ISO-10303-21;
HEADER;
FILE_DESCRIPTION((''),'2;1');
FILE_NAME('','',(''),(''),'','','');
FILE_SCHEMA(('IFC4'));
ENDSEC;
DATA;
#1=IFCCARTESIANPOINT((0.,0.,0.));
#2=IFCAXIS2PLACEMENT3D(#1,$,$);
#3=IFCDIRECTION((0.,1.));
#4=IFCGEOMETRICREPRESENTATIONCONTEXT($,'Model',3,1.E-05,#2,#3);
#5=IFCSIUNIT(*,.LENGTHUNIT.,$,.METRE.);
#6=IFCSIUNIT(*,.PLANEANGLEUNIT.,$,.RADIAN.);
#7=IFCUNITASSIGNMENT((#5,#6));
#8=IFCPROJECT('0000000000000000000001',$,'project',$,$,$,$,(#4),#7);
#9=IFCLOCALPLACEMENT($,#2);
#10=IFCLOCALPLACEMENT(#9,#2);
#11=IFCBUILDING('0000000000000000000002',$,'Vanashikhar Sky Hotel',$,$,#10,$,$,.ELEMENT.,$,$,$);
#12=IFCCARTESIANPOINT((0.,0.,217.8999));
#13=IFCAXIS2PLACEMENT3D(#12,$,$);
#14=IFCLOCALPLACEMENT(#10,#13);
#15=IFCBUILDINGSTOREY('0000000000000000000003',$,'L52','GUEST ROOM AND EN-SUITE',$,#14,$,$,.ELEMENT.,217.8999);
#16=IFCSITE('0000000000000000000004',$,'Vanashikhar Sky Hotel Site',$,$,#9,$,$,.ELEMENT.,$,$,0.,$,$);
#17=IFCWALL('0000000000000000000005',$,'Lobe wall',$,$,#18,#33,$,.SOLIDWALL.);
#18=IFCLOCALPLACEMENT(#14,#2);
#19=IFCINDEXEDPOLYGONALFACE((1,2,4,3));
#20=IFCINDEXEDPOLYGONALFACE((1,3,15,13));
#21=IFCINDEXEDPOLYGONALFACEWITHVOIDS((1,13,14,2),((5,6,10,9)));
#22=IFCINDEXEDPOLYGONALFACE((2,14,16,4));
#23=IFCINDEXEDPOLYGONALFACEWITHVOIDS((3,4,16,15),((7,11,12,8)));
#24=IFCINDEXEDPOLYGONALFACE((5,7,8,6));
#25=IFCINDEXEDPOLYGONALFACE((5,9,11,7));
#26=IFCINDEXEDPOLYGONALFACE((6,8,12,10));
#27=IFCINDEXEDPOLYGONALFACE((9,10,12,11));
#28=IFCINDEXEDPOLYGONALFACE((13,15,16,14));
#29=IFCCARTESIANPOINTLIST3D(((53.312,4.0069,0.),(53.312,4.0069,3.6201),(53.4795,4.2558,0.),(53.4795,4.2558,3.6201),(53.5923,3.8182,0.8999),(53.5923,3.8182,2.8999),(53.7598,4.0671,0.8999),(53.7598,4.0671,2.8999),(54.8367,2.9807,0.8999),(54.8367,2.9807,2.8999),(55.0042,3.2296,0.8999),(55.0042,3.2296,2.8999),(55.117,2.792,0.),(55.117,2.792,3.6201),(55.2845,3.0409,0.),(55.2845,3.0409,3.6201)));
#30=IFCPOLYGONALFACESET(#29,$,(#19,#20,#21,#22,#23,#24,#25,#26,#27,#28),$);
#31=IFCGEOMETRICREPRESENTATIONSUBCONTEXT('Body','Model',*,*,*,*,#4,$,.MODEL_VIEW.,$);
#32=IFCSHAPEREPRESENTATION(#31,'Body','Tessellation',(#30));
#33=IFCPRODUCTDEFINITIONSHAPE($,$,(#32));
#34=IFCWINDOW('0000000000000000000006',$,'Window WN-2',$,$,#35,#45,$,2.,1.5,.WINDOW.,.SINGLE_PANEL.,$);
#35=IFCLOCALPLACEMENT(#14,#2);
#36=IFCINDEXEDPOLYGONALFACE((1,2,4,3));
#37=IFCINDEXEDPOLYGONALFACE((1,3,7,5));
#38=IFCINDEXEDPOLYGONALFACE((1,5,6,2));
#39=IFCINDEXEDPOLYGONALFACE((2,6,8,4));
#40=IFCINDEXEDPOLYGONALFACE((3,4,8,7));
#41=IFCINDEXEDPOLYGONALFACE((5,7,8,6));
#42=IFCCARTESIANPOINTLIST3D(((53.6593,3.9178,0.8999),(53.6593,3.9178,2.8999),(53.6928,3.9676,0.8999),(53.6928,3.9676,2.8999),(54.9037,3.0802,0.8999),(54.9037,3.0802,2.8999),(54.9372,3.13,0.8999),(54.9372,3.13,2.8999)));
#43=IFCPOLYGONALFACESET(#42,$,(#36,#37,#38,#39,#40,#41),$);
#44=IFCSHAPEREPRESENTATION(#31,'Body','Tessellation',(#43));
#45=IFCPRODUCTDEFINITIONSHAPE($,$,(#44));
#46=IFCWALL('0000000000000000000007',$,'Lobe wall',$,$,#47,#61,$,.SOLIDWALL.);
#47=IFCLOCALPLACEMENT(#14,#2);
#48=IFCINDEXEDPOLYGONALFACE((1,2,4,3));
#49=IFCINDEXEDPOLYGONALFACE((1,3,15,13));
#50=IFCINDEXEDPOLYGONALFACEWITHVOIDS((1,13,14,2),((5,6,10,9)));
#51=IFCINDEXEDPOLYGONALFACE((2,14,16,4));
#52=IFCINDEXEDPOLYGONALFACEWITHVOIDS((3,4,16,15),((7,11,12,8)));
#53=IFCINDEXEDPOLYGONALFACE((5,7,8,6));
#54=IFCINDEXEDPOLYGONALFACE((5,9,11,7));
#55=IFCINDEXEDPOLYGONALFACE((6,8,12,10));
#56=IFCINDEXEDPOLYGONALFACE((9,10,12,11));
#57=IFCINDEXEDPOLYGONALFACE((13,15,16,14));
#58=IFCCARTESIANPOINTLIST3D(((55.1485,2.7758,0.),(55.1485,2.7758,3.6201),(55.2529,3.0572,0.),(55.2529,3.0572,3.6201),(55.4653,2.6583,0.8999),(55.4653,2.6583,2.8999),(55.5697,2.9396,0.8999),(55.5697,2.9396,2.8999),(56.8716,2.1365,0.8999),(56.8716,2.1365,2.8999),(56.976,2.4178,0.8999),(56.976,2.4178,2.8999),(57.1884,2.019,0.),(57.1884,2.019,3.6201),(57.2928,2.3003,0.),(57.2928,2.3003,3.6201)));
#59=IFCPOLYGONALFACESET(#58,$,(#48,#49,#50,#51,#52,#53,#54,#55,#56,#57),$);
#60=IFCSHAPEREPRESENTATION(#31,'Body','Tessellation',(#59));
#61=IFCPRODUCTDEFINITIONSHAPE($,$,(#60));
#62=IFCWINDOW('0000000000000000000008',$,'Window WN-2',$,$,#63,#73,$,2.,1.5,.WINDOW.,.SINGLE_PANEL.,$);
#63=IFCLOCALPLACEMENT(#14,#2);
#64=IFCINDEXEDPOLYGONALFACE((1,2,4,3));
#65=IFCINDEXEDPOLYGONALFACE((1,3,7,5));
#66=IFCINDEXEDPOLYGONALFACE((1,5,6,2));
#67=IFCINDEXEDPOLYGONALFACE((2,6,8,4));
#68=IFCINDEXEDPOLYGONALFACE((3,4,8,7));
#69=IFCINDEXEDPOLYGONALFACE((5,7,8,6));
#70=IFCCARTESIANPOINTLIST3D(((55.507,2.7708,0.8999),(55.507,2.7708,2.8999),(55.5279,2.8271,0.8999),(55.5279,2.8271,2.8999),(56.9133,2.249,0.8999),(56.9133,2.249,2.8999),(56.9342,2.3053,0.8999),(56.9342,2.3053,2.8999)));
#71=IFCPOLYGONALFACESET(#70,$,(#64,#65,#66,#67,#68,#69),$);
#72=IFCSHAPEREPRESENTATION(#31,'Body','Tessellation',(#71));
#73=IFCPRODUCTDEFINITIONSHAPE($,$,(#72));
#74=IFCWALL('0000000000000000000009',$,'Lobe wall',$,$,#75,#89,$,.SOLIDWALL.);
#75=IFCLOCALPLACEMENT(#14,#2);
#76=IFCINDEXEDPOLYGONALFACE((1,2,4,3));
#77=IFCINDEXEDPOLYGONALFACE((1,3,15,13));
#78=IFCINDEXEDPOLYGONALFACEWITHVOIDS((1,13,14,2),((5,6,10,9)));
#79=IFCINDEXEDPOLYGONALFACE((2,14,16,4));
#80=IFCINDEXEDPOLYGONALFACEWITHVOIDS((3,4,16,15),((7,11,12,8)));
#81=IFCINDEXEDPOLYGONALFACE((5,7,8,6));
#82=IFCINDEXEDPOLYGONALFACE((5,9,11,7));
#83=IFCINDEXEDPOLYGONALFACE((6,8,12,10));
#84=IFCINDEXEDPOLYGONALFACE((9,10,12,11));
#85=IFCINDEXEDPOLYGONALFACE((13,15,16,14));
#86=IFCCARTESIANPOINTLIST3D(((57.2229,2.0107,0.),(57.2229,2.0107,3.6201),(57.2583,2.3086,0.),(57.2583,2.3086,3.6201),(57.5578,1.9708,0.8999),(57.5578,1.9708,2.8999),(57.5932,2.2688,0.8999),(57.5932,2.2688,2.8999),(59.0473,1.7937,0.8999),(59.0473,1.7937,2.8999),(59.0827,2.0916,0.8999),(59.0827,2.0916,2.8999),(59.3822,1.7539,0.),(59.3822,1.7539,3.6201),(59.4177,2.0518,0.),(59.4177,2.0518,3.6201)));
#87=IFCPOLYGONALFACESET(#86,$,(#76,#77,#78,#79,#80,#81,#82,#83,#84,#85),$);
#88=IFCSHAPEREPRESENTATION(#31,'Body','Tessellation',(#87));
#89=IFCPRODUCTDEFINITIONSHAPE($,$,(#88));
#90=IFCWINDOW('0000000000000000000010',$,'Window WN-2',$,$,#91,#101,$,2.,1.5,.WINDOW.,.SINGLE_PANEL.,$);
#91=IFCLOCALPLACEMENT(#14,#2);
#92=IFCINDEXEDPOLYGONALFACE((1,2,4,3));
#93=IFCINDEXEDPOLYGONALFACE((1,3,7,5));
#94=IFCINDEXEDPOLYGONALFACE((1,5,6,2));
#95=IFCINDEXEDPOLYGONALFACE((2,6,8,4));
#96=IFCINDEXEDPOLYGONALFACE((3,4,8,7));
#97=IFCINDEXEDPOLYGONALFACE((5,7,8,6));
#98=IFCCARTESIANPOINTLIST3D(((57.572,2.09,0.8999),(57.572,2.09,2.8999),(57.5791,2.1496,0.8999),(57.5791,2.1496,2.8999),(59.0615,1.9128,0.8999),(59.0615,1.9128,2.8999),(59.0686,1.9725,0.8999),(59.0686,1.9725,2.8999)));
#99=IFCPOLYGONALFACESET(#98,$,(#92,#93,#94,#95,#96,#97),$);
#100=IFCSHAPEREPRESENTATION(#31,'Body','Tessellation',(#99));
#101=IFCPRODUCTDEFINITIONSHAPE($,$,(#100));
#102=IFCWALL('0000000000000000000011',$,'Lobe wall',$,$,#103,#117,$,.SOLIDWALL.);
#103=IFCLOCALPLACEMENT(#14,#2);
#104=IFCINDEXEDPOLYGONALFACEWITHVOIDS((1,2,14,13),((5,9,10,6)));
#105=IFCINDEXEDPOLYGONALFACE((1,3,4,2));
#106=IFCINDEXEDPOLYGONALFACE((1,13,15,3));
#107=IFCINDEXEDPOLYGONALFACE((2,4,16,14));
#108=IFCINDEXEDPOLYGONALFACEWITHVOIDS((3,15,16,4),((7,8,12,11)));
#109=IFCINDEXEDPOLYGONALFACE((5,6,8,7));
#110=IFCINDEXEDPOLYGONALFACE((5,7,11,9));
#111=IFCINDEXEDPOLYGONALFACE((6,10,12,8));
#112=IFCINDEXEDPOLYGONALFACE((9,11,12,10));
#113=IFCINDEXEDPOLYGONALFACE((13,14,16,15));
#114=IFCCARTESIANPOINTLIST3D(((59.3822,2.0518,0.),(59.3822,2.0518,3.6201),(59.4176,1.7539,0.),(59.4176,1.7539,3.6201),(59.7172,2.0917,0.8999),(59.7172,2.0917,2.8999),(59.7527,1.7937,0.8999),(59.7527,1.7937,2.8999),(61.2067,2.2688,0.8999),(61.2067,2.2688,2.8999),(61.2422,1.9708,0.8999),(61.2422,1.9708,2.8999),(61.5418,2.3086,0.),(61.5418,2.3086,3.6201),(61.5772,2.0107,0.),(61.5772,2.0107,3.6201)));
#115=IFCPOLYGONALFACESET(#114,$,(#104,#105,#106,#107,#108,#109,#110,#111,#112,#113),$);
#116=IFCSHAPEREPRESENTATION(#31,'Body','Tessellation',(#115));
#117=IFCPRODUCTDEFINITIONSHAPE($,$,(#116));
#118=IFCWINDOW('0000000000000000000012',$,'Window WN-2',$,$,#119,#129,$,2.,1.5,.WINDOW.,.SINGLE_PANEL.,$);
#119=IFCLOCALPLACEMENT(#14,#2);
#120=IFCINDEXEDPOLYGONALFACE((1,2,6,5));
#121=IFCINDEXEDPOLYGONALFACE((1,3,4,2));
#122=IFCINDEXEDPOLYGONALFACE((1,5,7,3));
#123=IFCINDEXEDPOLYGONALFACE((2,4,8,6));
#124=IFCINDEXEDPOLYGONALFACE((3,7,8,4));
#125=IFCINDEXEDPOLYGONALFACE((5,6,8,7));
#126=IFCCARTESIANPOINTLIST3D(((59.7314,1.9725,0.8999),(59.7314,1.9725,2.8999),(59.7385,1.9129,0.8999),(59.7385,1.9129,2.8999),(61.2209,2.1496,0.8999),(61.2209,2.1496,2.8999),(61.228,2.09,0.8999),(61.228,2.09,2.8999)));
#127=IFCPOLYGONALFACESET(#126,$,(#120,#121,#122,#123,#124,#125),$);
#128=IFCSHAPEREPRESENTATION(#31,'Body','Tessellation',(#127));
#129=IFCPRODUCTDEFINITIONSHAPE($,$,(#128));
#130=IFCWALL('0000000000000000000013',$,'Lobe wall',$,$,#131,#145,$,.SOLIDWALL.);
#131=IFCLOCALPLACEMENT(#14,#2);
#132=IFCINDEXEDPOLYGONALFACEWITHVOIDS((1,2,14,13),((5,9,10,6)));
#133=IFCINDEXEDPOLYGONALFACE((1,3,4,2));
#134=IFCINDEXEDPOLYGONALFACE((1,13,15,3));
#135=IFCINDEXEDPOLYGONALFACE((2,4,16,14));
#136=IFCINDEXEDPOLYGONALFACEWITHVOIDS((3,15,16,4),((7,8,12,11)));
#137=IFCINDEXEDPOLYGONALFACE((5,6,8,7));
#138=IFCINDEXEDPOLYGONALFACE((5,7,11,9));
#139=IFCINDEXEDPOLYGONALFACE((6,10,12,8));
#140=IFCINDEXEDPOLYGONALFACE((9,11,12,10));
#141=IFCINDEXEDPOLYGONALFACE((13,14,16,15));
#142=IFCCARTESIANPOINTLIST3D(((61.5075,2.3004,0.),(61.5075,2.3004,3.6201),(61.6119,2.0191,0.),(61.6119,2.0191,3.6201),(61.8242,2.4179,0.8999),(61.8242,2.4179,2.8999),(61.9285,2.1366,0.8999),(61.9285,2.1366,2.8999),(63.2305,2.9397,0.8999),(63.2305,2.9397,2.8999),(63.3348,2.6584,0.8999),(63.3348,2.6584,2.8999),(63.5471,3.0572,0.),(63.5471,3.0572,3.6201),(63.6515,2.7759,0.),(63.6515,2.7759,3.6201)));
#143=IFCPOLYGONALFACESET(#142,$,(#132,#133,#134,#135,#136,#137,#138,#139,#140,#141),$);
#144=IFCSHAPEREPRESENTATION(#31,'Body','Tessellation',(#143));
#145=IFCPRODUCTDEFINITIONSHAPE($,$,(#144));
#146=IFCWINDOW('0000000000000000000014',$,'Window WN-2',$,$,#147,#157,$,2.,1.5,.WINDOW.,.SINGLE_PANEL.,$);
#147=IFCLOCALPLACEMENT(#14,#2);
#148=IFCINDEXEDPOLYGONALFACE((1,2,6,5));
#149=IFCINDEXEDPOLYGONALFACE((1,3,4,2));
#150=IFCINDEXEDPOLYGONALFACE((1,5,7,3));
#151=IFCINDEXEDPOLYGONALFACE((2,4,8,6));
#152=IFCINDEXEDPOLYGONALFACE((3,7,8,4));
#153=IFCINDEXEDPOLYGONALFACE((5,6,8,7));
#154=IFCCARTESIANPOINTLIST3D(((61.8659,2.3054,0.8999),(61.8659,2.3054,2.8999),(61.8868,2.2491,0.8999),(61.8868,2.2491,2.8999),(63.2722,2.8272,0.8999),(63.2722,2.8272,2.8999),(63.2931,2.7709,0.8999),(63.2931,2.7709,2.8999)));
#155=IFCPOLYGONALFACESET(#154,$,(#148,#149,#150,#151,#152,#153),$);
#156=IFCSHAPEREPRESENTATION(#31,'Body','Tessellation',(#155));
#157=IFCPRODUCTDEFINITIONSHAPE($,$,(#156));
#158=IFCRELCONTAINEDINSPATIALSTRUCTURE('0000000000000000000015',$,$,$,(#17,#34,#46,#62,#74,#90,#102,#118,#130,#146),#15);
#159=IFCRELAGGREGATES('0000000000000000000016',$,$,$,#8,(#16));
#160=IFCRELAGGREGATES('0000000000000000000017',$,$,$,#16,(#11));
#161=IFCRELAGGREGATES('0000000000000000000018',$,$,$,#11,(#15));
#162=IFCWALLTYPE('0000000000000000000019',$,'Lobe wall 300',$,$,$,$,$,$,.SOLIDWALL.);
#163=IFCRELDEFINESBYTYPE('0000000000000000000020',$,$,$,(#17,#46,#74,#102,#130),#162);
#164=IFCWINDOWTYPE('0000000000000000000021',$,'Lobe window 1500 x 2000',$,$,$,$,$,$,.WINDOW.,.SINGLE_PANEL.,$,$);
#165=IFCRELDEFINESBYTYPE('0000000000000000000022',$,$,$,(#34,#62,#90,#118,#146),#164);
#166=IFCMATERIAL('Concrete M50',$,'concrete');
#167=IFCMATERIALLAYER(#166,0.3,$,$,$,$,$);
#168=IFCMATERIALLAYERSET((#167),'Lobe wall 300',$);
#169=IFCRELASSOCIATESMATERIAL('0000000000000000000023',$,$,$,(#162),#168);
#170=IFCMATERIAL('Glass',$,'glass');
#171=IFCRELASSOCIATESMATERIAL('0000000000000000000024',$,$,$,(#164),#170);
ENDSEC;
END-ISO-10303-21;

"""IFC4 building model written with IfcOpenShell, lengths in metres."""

from ifc_helpers import new_model, si_unit, direction, frame, frame_2d, origin, place, context, subcontext, project, spatial, rectangle, extrude, source, transform, mapped, material, layer, layer_set, type_object, element, fill, save


model = new_model("IFC4")

# Units and contexts
model_context = context("Model", 3, precision=1e-05, world=origin(), true_north=direction((0.0, 1.0)))
body_context = subcontext(model_context, "Body", "Model", "MODEL_VIEW")
ifc_project = project(units=[si_unit("LENGTHUNIT", "METRE"), si_unit("PLANEANGLEUNIT", "RADIAN")], contexts=[model_context])

# Site, building, storey
site_placement = place(None, origin())
site = spatial("IfcSite", under=ifc_project, at=site_placement, Name="Vanashikhar Sky Hotel Site", CompositionType="ELEMENT", RefElevation=0.0)
building_placement = place(site_placement, origin())
building = spatial("IfcBuilding", under=site, at=building_placement, Name="Vanashikhar Sky Hotel", CompositionType="ELEMENT")
storey_placement = place(building_placement, frame((0.0, 0.0, 217.8999)))
storey = spatial("IfcBuildingStorey", under=building, at=storey_placement, Name="L52", Description="GUEST ROOM AND EN-SUITE", CompositionType="ELEMENT", Elevation=217.8999)

# Walls, openings, windows
ifc_material_1 = material(Name="Concrete M50", Category="concrete")
ifc_layer_1 = layer(ifc_material_1, 0.3)
ifc_layer_set_1 = layer_set([ifc_layer_1], Name="Lobe wall 300")
wall_type_1 = type_object("IfcWallType", Name="Lobe wall 300", PredefinedType="SOLIDWALL", material=ifc_layer_set_1)
shared_shape_1 = source(origin(), body_context, "Body", "SweptSolid", [
    extrude(rectangle(XDim=2.1758, YDim=0.3, at=frame_2d((1.0879, 0.0))), origin(), (0.0, 0.0, 1.0), 3.6201),
])
wall_1_placement = place(storey_placement, frame((53.3958, 4.1313, 0.0), z_axis=(0.0, 0.0, 1.0), x_axis=(0.829591, -0.558372, 0.0)))
wall_1 = element("IfcWall", 1, at=wall_1_placement, inside=storey, type_object=wall_type_1, Name="Lobe wall", PredefinedType="SOLIDWALL", context=body_context, shape_type="MappedRepresentation", body=[
    mapped(shared_shape_1, transform((0.0, 0.0, 0.0), scale=1.0)),
])
shared_shape_2 = source(origin(), body_context, "Body", "SweptSolid", [
    extrude(rectangle(XDim=1.5, YDim=2.0, at=frame_2d((0.75, 1.0))), frame((0.0, 0.1602, 0.0), z_axis=(0.0, -1.0, 0.0), x_axis=(1.0, 0.0, 0.0)), (0.0, 0.0, 1.0), 0.3201),
])
opening_1_placement = place(wall_1_placement, frame((0.3379, 0.0, 0.8999)))
opening_1 = element("IfcOpeningElement", 2, at=opening_1_placement, cuts=wall_1, PredefinedType="OPENING", context=body_context, shape_type="MappedRepresentation", body=[
    mapped(shared_shape_2, transform((0.0, 0.0, 0.0), scale=1.0)),
])
ifc_material_2 = material(Name="Glass", Category="glass")
window_type = type_object("IfcWindowType", Name="Lobe window 1500 x 2000", PartitioningType="SINGLE_PANEL", PredefinedType="WINDOW", material=ifc_material_2)
shared_shape_3 = source(origin(), body_context, "Body", "SweptSolid", [
    extrude(rectangle(XDim=1.5, YDim=2.0, at=frame_2d((0.75, 1.0))), frame((0.0, 0.03, 0.0), z_axis=(0.0, -1.0, 0.0), x_axis=(1.0, 0.0, 0.0)), (0.0, 0.0, 1.0), 0.0601),
])
window_1_placement = place(opening_1_placement, origin())
window_1 = element("IfcWindow", 3, at=window_1_placement, inside=storey, type_object=window_type, Name="Window WN-2", OverallHeight=2.0, OverallWidth=1.5, PartitioningType="SINGLE_PANEL", PredefinedType="WINDOW", context=body_context, shape_type="MappedRepresentation", body=[
    mapped(shared_shape_3, transform((0.0, 0.0, 0.0), scale=1.0)),
])
fill(opening_1, window_1)
wall_2_placement = place(storey_placement, frame((55.2007, 2.9165, 0.0), z_axis=(0.0, 0.0, 1.0), x_axis=(0.937546, -0.347863, 0.0)))
wall_2 = element("IfcWall", 4, at=wall_2_placement, inside=storey, type_object=wall_type_1, Name="Lobe wall", PredefinedType="SOLIDWALL", context=body_context, shape_type="MappedRepresentation", body=[
    mapped(shared_shape_1, transform((0.0, 0.0, 0.0), scale=1.0)),
])
opening_2_placement = place(wall_2_placement, frame((0.3379, 0.0, 0.8999)))
opening_2 = element("IfcOpeningElement", 5, at=opening_2_placement, cuts=wall_2, PredefinedType="OPENING", context=body_context, shape_type="MappedRepresentation", body=[
    mapped(shared_shape_2, transform((0.0, 0.0, 0.0), scale=1.0)),
])
window_2_placement = place(opening_2_placement, origin())
window_2 = element("IfcWindow", 6, at=window_2_placement, inside=storey, type_object=window_type, Name="Window WN-2", OverallHeight=2.0, OverallWidth=1.5, PartitioningType="SINGLE_PANEL", PredefinedType="WINDOW", context=body_context, shape_type="MappedRepresentation", body=[
    mapped(shared_shape_3, transform((0.0, 0.0, 0.0), scale=1.0)),
])
fill(opening_2, window_2)
shared_shape_4 = source(origin(), body_context, "Body", "SweptSolid", [
    extrude(rectangle(XDim=2.1746, YDim=0.3, at=frame_2d((1.0874, 0.0))), origin(), (0.0, 0.0, 1.0), 3.6201),
])
wall_3_placement = place(storey_placement, frame((57.2405, 2.1597, 0.0), z_axis=(0.0, 0.0, 1.0), x_axis=(0.993001, -0.118105, 0.0)))
wall_3 = element("IfcWall", 7, at=wall_3_placement, inside=storey, type_object=wall_type_1, Name="Lobe wall", PredefinedType="SOLIDWALL", context=body_context, shape_type="MappedRepresentation", body=[
    mapped(shared_shape_4, transform((0.0, 0.0, 0.0), scale=1.0)),
])
opening_3_placement = place(wall_3_placement, frame((0.3374, 0.0, 0.8999)))
opening_3 = element("IfcOpeningElement", 8, at=opening_3_placement, cuts=wall_3, PredefinedType="OPENING", context=body_context, shape_type="MappedRepresentation", body=[
    mapped(shared_shape_2, transform((0.0, 0.0, 0.0), scale=1.0)),
])
window_3_placement = place(opening_3_placement, origin())
window_3 = element("IfcWindow", 9, at=window_3_placement, inside=storey, type_object=window_type, Name="Window WN-2", OverallHeight=2.0, OverallWidth=1.5, PartitioningType="SINGLE_PANEL", PredefinedType="WINDOW", context=body_context, shape_type="MappedRepresentation", body=[
    mapped(shared_shape_3, transform((0.0, 0.0, 0.0), scale=1.0)),
])
fill(opening_3, window_3)
shared_shape_5 = source(origin(), body_context, "Body", "SweptSolid", [
    extrude(rectangle(XDim=2.1748, YDim=0.3, at=frame_2d((1.0874, 0.0))), origin(), (0.0, 0.0, 1.0), 3.6201),
])
wall_4_placement = place(storey_placement, frame((59.3999, 1.9028, 0.0), z_axis=(0.0, 0.0, 1.0), x_axis=(0.993003, 0.118092, 0.0)))
wall_4 = element("IfcWall", 10, at=wall_4_placement, inside=storey, type_object=wall_type_1, Name="Lobe wall", PredefinedType="SOLIDWALL", context=body_context, shape_type="MappedRepresentation", body=[
    mapped(shared_shape_5, transform((0.0, 0.0, 0.0), scale=1.0)),
])
opening_4_placement = place(wall_4_placement, frame((0.3374, 0.0, 0.8999)))
opening_4 = element("IfcOpeningElement", 11, at=opening_4_placement, cuts=wall_4, PredefinedType="OPENING", context=body_context, shape_type="MappedRepresentation", body=[
    mapped(shared_shape_2, transform((0.0, 0.0, 0.0), scale=1.0)),
])
window_4_placement = place(opening_4_placement, origin())
window_4 = element("IfcWindow", 12, at=window_4_placement, inside=storey, type_object=window_type, Name="Window WN-2", OverallHeight=2.0, OverallWidth=1.5, PartitioningType="SINGLE_PANEL", PredefinedType="WINDOW", context=body_context, shape_type="MappedRepresentation", body=[
    mapped(shared_shape_3, transform((0.0, 0.0, 0.0), scale=1.0)),
])
fill(opening_4, window_4)
shared_shape_6 = source(origin(), body_context, "Body", "SweptSolid", [
    extrude(rectangle(XDim=2.1755, YDim=0.3, at=frame_2d((1.0879, 0.0))), origin(), (0.0, 0.0, 1.0), 3.6201),
])
wall_5_placement = place(storey_placement, frame((61.5596, 2.1597, 0.0), z_axis=(0.0, 0.0, 1.0), x_axis=(0.937532, 0.347899, 0.0)))
wall_5 = element("IfcWall", 13, at=wall_5_placement, inside=storey, type_object=wall_type_1, Name="Lobe wall", PredefinedType="SOLIDWALL", context=body_context, shape_type="MappedRepresentation", body=[
    mapped(shared_shape_6, transform((0.0, 0.0, 0.0), scale=1.0)),
])
opening_5_placement = place(wall_5_placement, frame((0.3379, 0.0, 0.8999)))
opening_5 = element("IfcOpeningElement", 14, at=opening_5_placement, cuts=wall_5, PredefinedType="OPENING", context=body_context, shape_type="MappedRepresentation", body=[
    mapped(shared_shape_2, transform((0.0, 0.0, 0.0), scale=1.0)),
])
window_5_placement = place(opening_5_placement, origin())
window_5 = element("IfcWindow", 15, at=window_5_placement, inside=storey, type_object=window_type, Name="Window WN-2", OverallHeight=2.0, OverallWidth=1.5, PartitioningType="SINGLE_PANEL", PredefinedType="WINDOW", context=body_context, shape_type="MappedRepresentation", body=[
    mapped(shared_shape_3, transform((0.0, 0.0, 0.0), scale=1.0)),
])
fill(opening_5, window_5)

save(model, "model.ifc")
